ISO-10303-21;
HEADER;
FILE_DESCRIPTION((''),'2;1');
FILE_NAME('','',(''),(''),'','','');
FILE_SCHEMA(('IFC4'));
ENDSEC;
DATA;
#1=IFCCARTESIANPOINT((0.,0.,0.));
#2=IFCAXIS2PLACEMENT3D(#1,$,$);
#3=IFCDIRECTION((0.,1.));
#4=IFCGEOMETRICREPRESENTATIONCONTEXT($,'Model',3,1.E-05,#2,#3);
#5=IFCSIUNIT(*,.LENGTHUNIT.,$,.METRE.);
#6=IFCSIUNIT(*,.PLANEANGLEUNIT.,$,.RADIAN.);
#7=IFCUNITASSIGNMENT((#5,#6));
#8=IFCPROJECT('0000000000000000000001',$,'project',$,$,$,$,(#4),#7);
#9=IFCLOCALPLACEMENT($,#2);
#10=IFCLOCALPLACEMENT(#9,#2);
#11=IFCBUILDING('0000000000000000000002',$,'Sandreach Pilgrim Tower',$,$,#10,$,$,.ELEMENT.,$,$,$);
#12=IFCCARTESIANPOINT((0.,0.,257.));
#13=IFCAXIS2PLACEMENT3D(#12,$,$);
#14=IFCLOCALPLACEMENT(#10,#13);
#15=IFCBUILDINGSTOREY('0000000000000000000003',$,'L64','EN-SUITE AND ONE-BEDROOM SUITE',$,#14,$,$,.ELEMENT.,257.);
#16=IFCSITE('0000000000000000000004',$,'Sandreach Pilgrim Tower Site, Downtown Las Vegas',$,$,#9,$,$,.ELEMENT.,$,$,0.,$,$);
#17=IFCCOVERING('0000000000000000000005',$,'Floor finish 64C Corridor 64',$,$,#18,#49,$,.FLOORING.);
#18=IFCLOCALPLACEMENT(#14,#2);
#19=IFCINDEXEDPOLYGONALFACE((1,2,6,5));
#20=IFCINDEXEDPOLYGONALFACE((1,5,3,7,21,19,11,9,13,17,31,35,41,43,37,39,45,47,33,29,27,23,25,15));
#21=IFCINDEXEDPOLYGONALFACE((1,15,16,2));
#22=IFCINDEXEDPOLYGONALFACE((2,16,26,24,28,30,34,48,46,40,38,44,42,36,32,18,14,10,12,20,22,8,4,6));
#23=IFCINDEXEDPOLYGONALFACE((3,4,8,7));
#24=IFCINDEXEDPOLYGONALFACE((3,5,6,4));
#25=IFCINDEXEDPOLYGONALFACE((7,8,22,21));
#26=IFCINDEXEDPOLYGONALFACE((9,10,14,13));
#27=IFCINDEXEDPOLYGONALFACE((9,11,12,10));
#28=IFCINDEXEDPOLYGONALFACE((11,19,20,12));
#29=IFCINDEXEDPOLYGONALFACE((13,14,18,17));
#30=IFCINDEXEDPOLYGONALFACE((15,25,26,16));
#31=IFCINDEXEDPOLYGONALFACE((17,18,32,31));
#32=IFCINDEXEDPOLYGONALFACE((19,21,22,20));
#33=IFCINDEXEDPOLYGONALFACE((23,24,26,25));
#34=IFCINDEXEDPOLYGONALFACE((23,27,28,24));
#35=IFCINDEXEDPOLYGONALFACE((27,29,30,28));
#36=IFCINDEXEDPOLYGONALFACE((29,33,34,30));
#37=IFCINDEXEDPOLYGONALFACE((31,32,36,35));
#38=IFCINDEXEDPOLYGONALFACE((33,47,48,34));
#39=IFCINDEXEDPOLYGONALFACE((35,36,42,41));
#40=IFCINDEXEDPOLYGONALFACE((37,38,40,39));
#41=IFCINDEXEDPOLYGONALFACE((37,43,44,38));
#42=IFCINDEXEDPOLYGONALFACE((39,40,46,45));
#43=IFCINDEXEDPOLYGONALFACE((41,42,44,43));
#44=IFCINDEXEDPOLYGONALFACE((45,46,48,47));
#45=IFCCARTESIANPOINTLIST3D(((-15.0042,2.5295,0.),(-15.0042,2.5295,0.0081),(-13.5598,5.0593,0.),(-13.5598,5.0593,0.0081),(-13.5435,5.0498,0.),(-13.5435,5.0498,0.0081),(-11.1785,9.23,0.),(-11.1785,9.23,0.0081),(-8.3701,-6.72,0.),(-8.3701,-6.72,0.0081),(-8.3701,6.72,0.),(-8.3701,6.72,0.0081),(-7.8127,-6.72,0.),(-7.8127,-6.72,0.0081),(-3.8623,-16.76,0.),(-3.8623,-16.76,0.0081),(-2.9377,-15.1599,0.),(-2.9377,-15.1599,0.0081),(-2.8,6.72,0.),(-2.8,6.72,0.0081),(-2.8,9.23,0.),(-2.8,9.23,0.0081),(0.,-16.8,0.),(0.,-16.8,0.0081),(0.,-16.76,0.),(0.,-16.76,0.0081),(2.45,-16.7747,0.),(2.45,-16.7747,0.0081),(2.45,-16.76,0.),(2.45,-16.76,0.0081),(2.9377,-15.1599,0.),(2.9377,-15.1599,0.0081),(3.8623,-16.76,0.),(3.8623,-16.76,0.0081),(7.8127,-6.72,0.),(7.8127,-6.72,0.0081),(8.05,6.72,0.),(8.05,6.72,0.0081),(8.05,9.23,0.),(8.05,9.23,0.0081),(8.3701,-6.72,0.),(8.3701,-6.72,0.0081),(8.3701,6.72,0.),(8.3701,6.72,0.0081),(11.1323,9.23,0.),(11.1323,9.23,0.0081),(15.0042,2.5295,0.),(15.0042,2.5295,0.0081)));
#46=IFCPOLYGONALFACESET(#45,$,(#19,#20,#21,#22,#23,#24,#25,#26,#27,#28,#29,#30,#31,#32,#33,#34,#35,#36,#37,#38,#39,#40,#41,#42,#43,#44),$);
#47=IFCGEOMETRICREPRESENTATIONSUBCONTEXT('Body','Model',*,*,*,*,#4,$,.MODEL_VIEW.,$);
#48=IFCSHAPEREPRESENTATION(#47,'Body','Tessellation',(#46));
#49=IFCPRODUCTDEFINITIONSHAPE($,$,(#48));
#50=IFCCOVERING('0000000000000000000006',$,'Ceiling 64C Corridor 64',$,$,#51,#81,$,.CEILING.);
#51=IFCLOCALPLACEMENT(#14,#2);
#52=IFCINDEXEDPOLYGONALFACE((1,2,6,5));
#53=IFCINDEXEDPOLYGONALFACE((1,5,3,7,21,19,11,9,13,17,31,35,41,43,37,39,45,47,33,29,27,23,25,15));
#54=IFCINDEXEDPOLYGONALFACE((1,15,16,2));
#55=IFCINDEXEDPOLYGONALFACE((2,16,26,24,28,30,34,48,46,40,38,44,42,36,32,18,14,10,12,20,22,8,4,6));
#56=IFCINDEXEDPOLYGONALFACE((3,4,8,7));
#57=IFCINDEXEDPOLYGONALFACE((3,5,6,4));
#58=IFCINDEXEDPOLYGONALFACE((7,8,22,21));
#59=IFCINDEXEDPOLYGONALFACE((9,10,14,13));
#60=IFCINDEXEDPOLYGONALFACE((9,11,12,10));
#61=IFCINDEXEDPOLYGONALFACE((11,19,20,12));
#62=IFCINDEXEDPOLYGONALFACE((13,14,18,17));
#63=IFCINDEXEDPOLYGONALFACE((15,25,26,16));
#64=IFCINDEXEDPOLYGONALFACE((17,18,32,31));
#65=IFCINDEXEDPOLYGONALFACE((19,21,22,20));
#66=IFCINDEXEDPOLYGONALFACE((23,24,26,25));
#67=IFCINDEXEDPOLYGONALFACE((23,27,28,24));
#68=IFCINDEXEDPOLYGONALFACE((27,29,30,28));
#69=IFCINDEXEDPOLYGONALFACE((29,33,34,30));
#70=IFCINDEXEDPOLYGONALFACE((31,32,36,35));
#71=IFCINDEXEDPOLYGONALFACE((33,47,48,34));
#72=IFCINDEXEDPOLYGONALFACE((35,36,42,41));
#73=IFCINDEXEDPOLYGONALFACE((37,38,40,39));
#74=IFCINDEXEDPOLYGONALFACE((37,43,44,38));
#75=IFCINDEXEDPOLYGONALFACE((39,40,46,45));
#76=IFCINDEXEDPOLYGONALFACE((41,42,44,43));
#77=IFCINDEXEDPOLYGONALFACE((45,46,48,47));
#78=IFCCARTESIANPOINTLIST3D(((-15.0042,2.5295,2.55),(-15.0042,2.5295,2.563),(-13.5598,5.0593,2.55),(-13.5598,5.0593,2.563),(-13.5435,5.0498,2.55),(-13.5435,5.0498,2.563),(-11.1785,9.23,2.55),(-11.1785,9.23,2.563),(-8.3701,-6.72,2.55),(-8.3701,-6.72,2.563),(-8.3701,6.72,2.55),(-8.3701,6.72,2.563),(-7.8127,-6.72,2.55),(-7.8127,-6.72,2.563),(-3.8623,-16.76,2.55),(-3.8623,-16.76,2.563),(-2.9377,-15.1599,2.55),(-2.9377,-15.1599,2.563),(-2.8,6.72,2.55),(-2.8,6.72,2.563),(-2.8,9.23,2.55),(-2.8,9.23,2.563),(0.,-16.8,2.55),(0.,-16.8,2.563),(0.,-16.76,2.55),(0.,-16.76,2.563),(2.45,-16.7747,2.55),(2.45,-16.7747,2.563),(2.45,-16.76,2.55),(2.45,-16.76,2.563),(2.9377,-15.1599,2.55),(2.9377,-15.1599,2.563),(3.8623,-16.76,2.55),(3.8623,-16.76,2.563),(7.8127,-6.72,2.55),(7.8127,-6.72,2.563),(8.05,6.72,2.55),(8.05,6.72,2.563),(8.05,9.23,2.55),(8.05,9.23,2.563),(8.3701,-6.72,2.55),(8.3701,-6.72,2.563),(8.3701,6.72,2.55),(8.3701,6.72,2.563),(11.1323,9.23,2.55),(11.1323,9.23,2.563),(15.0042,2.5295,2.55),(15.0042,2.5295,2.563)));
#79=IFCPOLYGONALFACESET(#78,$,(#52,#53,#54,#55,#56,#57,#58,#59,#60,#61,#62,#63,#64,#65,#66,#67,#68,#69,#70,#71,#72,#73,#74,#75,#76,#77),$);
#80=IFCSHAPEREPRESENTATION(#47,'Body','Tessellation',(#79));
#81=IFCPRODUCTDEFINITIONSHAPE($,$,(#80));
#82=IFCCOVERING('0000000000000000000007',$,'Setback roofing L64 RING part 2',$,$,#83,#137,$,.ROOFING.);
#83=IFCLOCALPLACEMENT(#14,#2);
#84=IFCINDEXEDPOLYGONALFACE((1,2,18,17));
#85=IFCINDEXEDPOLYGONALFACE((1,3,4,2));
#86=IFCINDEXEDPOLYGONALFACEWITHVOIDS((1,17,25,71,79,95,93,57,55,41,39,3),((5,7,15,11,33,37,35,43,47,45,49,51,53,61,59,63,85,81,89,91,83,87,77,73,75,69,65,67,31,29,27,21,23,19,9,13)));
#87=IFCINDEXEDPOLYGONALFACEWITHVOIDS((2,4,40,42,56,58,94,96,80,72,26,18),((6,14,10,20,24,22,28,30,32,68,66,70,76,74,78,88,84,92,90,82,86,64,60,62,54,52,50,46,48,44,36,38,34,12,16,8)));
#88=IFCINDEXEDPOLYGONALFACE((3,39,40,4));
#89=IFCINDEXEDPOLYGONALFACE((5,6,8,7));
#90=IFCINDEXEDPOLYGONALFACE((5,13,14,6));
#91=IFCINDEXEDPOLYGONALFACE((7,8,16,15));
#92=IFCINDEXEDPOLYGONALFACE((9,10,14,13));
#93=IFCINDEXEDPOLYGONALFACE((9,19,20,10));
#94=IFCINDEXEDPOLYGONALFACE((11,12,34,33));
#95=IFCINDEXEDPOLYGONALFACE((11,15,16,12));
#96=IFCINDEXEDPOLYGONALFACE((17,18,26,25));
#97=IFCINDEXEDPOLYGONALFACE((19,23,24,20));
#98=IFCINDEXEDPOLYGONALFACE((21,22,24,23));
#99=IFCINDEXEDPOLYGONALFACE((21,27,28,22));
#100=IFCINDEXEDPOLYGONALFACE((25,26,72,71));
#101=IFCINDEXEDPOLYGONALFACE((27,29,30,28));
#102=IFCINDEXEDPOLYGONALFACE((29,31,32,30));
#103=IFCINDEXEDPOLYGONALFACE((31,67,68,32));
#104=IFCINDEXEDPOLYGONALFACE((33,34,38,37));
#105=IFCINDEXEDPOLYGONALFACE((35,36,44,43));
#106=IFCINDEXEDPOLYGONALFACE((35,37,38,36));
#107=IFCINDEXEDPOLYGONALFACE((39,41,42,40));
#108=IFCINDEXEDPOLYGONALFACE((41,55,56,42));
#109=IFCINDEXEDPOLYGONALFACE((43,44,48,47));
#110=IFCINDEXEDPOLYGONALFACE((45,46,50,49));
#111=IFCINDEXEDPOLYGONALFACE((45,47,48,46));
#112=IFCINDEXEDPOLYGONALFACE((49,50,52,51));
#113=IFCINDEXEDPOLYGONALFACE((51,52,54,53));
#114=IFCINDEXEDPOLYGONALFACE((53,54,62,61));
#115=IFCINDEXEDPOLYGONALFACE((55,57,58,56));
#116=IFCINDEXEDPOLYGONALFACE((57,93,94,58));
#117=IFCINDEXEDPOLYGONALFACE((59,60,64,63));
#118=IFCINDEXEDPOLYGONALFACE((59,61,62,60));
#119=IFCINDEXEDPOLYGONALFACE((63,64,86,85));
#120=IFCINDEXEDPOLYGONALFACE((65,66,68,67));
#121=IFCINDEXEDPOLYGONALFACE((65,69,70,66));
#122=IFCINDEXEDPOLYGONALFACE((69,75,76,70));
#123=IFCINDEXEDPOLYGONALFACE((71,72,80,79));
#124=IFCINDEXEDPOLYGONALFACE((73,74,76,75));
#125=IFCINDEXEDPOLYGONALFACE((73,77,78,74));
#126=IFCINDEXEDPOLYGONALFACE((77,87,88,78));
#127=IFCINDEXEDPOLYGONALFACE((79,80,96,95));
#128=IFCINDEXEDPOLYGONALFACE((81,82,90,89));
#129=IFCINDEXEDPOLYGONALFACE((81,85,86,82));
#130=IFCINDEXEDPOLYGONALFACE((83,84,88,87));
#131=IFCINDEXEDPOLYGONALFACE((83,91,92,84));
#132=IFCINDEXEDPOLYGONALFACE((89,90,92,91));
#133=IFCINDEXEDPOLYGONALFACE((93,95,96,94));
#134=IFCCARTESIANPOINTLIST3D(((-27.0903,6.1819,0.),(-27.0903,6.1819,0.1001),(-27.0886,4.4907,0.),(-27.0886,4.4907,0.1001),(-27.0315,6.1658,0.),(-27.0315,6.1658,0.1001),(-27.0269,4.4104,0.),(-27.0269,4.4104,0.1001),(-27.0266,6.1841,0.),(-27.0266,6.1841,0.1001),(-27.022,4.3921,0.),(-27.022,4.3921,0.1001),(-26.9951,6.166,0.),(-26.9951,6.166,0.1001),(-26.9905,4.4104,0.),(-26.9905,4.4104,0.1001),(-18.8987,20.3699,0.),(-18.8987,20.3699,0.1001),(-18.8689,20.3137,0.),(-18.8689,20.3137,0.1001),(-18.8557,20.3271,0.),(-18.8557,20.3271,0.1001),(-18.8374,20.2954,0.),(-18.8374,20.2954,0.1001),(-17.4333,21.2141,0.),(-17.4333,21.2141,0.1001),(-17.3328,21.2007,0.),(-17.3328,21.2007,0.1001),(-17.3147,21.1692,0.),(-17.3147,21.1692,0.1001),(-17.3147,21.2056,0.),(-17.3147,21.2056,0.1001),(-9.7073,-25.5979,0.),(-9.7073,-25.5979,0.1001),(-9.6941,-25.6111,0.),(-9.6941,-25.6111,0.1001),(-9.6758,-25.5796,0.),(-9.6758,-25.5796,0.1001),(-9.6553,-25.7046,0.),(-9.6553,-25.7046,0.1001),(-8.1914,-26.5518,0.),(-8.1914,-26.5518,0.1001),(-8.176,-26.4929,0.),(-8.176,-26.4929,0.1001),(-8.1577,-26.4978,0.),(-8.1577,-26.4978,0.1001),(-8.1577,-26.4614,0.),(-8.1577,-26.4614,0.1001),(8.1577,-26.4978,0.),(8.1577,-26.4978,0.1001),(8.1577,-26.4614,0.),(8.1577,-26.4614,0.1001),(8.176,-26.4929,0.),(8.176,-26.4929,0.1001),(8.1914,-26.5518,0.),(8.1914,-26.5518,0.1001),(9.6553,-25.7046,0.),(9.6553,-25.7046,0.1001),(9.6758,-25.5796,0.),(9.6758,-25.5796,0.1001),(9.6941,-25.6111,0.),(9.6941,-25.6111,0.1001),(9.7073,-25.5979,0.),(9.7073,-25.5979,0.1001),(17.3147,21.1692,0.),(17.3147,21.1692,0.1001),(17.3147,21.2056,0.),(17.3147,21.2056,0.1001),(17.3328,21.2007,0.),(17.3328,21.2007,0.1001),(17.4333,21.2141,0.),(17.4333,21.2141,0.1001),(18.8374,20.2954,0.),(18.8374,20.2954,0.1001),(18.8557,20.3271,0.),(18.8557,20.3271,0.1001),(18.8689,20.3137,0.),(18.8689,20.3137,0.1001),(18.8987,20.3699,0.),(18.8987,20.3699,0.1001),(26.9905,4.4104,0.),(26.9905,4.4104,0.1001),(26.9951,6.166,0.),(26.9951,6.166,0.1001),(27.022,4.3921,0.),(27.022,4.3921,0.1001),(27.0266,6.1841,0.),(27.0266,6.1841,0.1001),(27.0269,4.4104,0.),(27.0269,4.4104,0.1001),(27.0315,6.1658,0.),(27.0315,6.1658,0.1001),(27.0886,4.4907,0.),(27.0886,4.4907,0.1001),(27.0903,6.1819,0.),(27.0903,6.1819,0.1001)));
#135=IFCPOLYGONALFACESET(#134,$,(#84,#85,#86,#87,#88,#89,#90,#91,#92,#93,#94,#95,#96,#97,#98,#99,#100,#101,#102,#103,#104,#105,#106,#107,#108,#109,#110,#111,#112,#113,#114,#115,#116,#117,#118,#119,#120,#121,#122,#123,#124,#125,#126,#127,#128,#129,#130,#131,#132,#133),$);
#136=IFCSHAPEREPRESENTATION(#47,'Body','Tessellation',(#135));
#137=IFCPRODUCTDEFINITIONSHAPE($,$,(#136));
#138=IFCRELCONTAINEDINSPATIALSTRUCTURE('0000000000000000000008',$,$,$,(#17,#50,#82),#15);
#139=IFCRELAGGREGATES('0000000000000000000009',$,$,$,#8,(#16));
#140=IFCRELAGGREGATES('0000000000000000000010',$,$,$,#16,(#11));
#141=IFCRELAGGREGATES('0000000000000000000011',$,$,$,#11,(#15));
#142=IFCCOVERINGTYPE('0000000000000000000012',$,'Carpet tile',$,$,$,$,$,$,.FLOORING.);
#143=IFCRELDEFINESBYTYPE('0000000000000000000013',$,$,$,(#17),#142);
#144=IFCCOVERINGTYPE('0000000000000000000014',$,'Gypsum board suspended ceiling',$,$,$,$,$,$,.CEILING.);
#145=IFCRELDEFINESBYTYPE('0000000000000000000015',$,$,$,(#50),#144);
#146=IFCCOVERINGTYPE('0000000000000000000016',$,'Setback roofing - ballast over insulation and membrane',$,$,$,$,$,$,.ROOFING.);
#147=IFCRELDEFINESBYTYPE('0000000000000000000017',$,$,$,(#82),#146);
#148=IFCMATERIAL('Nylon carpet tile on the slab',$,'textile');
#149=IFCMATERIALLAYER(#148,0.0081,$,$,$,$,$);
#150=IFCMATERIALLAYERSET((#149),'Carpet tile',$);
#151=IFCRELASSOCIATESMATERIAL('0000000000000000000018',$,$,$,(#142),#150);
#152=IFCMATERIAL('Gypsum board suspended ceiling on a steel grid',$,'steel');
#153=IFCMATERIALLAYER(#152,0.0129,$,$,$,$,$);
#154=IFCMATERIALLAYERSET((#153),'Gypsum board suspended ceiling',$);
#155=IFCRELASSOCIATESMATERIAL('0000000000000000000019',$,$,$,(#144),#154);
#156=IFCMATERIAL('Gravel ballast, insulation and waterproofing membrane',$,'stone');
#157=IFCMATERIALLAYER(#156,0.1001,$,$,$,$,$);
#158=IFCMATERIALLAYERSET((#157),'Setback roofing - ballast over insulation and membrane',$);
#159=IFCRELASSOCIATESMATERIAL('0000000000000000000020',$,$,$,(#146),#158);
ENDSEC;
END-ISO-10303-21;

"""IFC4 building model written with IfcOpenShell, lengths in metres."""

from ifc_helpers import new_model, si_unit, direction, frame, origin, place, context, subcontext, project, spatial, polyline, outline, extrude, material, layer, layer_set, type_object, element, save


model = new_model("IFC4")

# Units and contexts
model_context = context("Model", 3, precision=1e-05, world=origin(), true_north=direction((0.0, 1.0)))
body_context = subcontext(model_context, "Body", "Model", "MODEL_VIEW")
ifc_project = project(units=[si_unit("LENGTHUNIT", "METRE"), si_unit("PLANEANGLEUNIT", "RADIAN")], contexts=[model_context])

# Site, building, storey
site_placement = place(None, origin())
site = spatial("IfcSite", under=ifc_project, at=site_placement, Name="Sandreach Pilgrim Tower Site, Downtown Las Vegas", CompositionType="ELEMENT", RefElevation=0.0)
building_placement = place(site_placement, origin())
building = spatial("IfcBuilding", under=site, at=building_placement, Name="Sandreach Pilgrim Tower", CompositionType="ELEMENT")
storey_placement = place(building_placement, frame((0.0, 0.0, 257.0)))
storey = spatial("IfcBuildingStorey", under=building, at=storey_placement, Name="L64", Description="EN-SUITE AND ONE-BEDROOM SUITE", CompositionType="ELEMENT", Elevation=257.0)

# Coverings
ifc_material_1 = material(Name="Nylon carpet tile on the slab", Category="textile")
ifc_layer_1 = layer(ifc_material_1, 0.0081)
ifc_layer_set_1 = layer_set([ifc_layer_1], Name="Carpet tile")
covering_type_1 = type_object("IfcCoveringType", Name="Carpet tile", PredefinedType="FLOORING", material=ifc_layer_set_1)
covering_1_placement = place(storey_placement, origin())
element("IfcCovering", 1, at=covering_1_placement, inside=storey, type_object=covering_type_1, Name="Floor finish 64C Corridor 64", PredefinedType="FLOORING", context=body_context, shape_type="SweptSolid", body=[
    extrude(outline(polyline([(-15.0042, 2.5295), (-13.5435, 5.0498), (-13.5598, 5.0593), (-11.1785, 9.23), (-2.8, 9.23), (-2.8, 6.72), (-8.3701, 6.72), (-8.3701, -6.72), (-7.8127, -6.72), (-2.9377, -15.1599), (2.9377, -15.1599), (7.8127, -6.72), (8.3701, -6.72), (8.3701, 6.72), (8.05, 6.72), (8.05, 9.23), (11.1323, 9.23), (15.0042, 2.5295), (3.8623, -16.76), (2.45, -16.76), (2.45, -16.7747), (0.0, -16.8), (0.0, -16.76), (-3.8623, -16.76), (-15.0042, 2.5295)])), origin(), (0.0, 0.0, 1.0), 0.0081),
])
ifc_material_2 = material(Name="Gypsum board suspended ceiling on a steel grid", Category="steel")
ifc_layer_2 = layer(ifc_material_2, 0.0129)
ifc_layer_set_2 = layer_set([ifc_layer_2], Name="Gypsum board suspended ceiling")
covering_type_2 = type_object("IfcCoveringType", Name="Gypsum board suspended ceiling", PredefinedType="CEILING", material=ifc_layer_set_2)
covering_2_placement = place(storey_placement, frame((0.0, 0.0, 2.55)))
element("IfcCovering", 2, at=covering_2_placement, inside=storey, type_object=covering_type_2, Name="Ceiling 64C Corridor 64", PredefinedType="CEILING", context=body_context, shape_type="SweptSolid", body=[
    extrude(outline(polyline([(-15.0042, 2.5295), (-13.5435, 5.0498), (-13.5598, 5.0593), (-11.1785, 9.23), (-2.8, 9.23), (-2.8, 6.72), (-8.3701, 6.72), (-8.3701, -6.72), (-7.8127, -6.72), (-2.9377, -15.1599), (2.9377, -15.1599), (7.8127, -6.72), (8.3701, -6.72), (8.3701, 6.72), (8.05, 6.72), (8.05, 9.23), (11.1323, 9.23), (15.0042, 2.5295), (3.8623, -16.76), (2.45, -16.76), (2.45, -16.7747), (0.0, -16.8), (0.0, -16.76), (-3.8623, -16.76), (-15.0042, 2.5295)])), origin(), (0.0, 0.0, 1.0), 0.0129),
])
ifc_material_3 = material(Name="Gravel ballast, insulation and waterproofing membrane", Category="stone")
ifc_layer_3 = layer(ifc_material_3, 0.1001)
ifc_layer_set_3 = layer_set([ifc_layer_3], Name="Setback roofing - ballast over insulation and membrane")
covering_type_3 = type_object("IfcCoveringType", Name="Setback roofing - ballast over insulation and membrane", PredefinedType="ROOFING", material=ifc_layer_set_3)
covering_3_placement = place(storey_placement, origin())
element("IfcCovering", 3, at=covering_3_placement, inside=storey, type_object=covering_type_3, Name="Setback roofing L64 RING part 2", PredefinedType="ROOFING", context=body_context, shape_type="SweptSolid", body=[
    extrude(outline(polyline([(-17.4333, 21.2141), (17.4333, 21.2141), (18.8987, 20.3699), (27.0903, 6.1819), (27.0886, 4.4907), (9.6553, -25.7046), (8.1914, -26.5518), (-8.1914, -26.5518), (-9.6553, -25.7046), (-27.0886, 4.4907), (-27.0903, 6.1819), (-18.8987, 20.3699), (-17.4333, 21.2141)]), holes=[polyline([(-27.022, 4.3921), (-9.7073, -25.5979), (-9.6758, -25.5796), (-9.6941, -25.6111), (-8.176, -26.4929), (-8.1577, -26.4614), (-8.1577, -26.4978), (8.1577, -26.4978), (8.1577, -26.4614), (8.176, -26.4929), (9.6941, -25.6111), (9.6758, -25.5796), (9.7073, -25.5979), (27.022, 4.3921), (26.9905, 4.4104), (27.0269, 4.4104), (27.0315, 6.1658), (26.9951, 6.166), (27.0266, 6.1841), (18.8689, 20.3137), (18.8374, 20.2954), (18.8557, 20.3271), (17.3328, 21.2007), (17.3147, 21.1692), (17.3147, 21.2056), (-17.3147, 21.2056), (-17.3147, 21.1692), (-17.3328, 21.2007), (-18.8557, 20.3271), (-18.8374, 20.2954), (-18.8689, 20.3137), (-27.0266, 6.1841), (-26.9951, 6.166), (-27.0315, 6.1658), (-27.0269, 4.4104), (-26.9905, 4.4104), (-27.022, 4.3921)])]), origin(), (0.0, 0.0, 1.0), 0.1001),
])

save(model, "model.ifc")
